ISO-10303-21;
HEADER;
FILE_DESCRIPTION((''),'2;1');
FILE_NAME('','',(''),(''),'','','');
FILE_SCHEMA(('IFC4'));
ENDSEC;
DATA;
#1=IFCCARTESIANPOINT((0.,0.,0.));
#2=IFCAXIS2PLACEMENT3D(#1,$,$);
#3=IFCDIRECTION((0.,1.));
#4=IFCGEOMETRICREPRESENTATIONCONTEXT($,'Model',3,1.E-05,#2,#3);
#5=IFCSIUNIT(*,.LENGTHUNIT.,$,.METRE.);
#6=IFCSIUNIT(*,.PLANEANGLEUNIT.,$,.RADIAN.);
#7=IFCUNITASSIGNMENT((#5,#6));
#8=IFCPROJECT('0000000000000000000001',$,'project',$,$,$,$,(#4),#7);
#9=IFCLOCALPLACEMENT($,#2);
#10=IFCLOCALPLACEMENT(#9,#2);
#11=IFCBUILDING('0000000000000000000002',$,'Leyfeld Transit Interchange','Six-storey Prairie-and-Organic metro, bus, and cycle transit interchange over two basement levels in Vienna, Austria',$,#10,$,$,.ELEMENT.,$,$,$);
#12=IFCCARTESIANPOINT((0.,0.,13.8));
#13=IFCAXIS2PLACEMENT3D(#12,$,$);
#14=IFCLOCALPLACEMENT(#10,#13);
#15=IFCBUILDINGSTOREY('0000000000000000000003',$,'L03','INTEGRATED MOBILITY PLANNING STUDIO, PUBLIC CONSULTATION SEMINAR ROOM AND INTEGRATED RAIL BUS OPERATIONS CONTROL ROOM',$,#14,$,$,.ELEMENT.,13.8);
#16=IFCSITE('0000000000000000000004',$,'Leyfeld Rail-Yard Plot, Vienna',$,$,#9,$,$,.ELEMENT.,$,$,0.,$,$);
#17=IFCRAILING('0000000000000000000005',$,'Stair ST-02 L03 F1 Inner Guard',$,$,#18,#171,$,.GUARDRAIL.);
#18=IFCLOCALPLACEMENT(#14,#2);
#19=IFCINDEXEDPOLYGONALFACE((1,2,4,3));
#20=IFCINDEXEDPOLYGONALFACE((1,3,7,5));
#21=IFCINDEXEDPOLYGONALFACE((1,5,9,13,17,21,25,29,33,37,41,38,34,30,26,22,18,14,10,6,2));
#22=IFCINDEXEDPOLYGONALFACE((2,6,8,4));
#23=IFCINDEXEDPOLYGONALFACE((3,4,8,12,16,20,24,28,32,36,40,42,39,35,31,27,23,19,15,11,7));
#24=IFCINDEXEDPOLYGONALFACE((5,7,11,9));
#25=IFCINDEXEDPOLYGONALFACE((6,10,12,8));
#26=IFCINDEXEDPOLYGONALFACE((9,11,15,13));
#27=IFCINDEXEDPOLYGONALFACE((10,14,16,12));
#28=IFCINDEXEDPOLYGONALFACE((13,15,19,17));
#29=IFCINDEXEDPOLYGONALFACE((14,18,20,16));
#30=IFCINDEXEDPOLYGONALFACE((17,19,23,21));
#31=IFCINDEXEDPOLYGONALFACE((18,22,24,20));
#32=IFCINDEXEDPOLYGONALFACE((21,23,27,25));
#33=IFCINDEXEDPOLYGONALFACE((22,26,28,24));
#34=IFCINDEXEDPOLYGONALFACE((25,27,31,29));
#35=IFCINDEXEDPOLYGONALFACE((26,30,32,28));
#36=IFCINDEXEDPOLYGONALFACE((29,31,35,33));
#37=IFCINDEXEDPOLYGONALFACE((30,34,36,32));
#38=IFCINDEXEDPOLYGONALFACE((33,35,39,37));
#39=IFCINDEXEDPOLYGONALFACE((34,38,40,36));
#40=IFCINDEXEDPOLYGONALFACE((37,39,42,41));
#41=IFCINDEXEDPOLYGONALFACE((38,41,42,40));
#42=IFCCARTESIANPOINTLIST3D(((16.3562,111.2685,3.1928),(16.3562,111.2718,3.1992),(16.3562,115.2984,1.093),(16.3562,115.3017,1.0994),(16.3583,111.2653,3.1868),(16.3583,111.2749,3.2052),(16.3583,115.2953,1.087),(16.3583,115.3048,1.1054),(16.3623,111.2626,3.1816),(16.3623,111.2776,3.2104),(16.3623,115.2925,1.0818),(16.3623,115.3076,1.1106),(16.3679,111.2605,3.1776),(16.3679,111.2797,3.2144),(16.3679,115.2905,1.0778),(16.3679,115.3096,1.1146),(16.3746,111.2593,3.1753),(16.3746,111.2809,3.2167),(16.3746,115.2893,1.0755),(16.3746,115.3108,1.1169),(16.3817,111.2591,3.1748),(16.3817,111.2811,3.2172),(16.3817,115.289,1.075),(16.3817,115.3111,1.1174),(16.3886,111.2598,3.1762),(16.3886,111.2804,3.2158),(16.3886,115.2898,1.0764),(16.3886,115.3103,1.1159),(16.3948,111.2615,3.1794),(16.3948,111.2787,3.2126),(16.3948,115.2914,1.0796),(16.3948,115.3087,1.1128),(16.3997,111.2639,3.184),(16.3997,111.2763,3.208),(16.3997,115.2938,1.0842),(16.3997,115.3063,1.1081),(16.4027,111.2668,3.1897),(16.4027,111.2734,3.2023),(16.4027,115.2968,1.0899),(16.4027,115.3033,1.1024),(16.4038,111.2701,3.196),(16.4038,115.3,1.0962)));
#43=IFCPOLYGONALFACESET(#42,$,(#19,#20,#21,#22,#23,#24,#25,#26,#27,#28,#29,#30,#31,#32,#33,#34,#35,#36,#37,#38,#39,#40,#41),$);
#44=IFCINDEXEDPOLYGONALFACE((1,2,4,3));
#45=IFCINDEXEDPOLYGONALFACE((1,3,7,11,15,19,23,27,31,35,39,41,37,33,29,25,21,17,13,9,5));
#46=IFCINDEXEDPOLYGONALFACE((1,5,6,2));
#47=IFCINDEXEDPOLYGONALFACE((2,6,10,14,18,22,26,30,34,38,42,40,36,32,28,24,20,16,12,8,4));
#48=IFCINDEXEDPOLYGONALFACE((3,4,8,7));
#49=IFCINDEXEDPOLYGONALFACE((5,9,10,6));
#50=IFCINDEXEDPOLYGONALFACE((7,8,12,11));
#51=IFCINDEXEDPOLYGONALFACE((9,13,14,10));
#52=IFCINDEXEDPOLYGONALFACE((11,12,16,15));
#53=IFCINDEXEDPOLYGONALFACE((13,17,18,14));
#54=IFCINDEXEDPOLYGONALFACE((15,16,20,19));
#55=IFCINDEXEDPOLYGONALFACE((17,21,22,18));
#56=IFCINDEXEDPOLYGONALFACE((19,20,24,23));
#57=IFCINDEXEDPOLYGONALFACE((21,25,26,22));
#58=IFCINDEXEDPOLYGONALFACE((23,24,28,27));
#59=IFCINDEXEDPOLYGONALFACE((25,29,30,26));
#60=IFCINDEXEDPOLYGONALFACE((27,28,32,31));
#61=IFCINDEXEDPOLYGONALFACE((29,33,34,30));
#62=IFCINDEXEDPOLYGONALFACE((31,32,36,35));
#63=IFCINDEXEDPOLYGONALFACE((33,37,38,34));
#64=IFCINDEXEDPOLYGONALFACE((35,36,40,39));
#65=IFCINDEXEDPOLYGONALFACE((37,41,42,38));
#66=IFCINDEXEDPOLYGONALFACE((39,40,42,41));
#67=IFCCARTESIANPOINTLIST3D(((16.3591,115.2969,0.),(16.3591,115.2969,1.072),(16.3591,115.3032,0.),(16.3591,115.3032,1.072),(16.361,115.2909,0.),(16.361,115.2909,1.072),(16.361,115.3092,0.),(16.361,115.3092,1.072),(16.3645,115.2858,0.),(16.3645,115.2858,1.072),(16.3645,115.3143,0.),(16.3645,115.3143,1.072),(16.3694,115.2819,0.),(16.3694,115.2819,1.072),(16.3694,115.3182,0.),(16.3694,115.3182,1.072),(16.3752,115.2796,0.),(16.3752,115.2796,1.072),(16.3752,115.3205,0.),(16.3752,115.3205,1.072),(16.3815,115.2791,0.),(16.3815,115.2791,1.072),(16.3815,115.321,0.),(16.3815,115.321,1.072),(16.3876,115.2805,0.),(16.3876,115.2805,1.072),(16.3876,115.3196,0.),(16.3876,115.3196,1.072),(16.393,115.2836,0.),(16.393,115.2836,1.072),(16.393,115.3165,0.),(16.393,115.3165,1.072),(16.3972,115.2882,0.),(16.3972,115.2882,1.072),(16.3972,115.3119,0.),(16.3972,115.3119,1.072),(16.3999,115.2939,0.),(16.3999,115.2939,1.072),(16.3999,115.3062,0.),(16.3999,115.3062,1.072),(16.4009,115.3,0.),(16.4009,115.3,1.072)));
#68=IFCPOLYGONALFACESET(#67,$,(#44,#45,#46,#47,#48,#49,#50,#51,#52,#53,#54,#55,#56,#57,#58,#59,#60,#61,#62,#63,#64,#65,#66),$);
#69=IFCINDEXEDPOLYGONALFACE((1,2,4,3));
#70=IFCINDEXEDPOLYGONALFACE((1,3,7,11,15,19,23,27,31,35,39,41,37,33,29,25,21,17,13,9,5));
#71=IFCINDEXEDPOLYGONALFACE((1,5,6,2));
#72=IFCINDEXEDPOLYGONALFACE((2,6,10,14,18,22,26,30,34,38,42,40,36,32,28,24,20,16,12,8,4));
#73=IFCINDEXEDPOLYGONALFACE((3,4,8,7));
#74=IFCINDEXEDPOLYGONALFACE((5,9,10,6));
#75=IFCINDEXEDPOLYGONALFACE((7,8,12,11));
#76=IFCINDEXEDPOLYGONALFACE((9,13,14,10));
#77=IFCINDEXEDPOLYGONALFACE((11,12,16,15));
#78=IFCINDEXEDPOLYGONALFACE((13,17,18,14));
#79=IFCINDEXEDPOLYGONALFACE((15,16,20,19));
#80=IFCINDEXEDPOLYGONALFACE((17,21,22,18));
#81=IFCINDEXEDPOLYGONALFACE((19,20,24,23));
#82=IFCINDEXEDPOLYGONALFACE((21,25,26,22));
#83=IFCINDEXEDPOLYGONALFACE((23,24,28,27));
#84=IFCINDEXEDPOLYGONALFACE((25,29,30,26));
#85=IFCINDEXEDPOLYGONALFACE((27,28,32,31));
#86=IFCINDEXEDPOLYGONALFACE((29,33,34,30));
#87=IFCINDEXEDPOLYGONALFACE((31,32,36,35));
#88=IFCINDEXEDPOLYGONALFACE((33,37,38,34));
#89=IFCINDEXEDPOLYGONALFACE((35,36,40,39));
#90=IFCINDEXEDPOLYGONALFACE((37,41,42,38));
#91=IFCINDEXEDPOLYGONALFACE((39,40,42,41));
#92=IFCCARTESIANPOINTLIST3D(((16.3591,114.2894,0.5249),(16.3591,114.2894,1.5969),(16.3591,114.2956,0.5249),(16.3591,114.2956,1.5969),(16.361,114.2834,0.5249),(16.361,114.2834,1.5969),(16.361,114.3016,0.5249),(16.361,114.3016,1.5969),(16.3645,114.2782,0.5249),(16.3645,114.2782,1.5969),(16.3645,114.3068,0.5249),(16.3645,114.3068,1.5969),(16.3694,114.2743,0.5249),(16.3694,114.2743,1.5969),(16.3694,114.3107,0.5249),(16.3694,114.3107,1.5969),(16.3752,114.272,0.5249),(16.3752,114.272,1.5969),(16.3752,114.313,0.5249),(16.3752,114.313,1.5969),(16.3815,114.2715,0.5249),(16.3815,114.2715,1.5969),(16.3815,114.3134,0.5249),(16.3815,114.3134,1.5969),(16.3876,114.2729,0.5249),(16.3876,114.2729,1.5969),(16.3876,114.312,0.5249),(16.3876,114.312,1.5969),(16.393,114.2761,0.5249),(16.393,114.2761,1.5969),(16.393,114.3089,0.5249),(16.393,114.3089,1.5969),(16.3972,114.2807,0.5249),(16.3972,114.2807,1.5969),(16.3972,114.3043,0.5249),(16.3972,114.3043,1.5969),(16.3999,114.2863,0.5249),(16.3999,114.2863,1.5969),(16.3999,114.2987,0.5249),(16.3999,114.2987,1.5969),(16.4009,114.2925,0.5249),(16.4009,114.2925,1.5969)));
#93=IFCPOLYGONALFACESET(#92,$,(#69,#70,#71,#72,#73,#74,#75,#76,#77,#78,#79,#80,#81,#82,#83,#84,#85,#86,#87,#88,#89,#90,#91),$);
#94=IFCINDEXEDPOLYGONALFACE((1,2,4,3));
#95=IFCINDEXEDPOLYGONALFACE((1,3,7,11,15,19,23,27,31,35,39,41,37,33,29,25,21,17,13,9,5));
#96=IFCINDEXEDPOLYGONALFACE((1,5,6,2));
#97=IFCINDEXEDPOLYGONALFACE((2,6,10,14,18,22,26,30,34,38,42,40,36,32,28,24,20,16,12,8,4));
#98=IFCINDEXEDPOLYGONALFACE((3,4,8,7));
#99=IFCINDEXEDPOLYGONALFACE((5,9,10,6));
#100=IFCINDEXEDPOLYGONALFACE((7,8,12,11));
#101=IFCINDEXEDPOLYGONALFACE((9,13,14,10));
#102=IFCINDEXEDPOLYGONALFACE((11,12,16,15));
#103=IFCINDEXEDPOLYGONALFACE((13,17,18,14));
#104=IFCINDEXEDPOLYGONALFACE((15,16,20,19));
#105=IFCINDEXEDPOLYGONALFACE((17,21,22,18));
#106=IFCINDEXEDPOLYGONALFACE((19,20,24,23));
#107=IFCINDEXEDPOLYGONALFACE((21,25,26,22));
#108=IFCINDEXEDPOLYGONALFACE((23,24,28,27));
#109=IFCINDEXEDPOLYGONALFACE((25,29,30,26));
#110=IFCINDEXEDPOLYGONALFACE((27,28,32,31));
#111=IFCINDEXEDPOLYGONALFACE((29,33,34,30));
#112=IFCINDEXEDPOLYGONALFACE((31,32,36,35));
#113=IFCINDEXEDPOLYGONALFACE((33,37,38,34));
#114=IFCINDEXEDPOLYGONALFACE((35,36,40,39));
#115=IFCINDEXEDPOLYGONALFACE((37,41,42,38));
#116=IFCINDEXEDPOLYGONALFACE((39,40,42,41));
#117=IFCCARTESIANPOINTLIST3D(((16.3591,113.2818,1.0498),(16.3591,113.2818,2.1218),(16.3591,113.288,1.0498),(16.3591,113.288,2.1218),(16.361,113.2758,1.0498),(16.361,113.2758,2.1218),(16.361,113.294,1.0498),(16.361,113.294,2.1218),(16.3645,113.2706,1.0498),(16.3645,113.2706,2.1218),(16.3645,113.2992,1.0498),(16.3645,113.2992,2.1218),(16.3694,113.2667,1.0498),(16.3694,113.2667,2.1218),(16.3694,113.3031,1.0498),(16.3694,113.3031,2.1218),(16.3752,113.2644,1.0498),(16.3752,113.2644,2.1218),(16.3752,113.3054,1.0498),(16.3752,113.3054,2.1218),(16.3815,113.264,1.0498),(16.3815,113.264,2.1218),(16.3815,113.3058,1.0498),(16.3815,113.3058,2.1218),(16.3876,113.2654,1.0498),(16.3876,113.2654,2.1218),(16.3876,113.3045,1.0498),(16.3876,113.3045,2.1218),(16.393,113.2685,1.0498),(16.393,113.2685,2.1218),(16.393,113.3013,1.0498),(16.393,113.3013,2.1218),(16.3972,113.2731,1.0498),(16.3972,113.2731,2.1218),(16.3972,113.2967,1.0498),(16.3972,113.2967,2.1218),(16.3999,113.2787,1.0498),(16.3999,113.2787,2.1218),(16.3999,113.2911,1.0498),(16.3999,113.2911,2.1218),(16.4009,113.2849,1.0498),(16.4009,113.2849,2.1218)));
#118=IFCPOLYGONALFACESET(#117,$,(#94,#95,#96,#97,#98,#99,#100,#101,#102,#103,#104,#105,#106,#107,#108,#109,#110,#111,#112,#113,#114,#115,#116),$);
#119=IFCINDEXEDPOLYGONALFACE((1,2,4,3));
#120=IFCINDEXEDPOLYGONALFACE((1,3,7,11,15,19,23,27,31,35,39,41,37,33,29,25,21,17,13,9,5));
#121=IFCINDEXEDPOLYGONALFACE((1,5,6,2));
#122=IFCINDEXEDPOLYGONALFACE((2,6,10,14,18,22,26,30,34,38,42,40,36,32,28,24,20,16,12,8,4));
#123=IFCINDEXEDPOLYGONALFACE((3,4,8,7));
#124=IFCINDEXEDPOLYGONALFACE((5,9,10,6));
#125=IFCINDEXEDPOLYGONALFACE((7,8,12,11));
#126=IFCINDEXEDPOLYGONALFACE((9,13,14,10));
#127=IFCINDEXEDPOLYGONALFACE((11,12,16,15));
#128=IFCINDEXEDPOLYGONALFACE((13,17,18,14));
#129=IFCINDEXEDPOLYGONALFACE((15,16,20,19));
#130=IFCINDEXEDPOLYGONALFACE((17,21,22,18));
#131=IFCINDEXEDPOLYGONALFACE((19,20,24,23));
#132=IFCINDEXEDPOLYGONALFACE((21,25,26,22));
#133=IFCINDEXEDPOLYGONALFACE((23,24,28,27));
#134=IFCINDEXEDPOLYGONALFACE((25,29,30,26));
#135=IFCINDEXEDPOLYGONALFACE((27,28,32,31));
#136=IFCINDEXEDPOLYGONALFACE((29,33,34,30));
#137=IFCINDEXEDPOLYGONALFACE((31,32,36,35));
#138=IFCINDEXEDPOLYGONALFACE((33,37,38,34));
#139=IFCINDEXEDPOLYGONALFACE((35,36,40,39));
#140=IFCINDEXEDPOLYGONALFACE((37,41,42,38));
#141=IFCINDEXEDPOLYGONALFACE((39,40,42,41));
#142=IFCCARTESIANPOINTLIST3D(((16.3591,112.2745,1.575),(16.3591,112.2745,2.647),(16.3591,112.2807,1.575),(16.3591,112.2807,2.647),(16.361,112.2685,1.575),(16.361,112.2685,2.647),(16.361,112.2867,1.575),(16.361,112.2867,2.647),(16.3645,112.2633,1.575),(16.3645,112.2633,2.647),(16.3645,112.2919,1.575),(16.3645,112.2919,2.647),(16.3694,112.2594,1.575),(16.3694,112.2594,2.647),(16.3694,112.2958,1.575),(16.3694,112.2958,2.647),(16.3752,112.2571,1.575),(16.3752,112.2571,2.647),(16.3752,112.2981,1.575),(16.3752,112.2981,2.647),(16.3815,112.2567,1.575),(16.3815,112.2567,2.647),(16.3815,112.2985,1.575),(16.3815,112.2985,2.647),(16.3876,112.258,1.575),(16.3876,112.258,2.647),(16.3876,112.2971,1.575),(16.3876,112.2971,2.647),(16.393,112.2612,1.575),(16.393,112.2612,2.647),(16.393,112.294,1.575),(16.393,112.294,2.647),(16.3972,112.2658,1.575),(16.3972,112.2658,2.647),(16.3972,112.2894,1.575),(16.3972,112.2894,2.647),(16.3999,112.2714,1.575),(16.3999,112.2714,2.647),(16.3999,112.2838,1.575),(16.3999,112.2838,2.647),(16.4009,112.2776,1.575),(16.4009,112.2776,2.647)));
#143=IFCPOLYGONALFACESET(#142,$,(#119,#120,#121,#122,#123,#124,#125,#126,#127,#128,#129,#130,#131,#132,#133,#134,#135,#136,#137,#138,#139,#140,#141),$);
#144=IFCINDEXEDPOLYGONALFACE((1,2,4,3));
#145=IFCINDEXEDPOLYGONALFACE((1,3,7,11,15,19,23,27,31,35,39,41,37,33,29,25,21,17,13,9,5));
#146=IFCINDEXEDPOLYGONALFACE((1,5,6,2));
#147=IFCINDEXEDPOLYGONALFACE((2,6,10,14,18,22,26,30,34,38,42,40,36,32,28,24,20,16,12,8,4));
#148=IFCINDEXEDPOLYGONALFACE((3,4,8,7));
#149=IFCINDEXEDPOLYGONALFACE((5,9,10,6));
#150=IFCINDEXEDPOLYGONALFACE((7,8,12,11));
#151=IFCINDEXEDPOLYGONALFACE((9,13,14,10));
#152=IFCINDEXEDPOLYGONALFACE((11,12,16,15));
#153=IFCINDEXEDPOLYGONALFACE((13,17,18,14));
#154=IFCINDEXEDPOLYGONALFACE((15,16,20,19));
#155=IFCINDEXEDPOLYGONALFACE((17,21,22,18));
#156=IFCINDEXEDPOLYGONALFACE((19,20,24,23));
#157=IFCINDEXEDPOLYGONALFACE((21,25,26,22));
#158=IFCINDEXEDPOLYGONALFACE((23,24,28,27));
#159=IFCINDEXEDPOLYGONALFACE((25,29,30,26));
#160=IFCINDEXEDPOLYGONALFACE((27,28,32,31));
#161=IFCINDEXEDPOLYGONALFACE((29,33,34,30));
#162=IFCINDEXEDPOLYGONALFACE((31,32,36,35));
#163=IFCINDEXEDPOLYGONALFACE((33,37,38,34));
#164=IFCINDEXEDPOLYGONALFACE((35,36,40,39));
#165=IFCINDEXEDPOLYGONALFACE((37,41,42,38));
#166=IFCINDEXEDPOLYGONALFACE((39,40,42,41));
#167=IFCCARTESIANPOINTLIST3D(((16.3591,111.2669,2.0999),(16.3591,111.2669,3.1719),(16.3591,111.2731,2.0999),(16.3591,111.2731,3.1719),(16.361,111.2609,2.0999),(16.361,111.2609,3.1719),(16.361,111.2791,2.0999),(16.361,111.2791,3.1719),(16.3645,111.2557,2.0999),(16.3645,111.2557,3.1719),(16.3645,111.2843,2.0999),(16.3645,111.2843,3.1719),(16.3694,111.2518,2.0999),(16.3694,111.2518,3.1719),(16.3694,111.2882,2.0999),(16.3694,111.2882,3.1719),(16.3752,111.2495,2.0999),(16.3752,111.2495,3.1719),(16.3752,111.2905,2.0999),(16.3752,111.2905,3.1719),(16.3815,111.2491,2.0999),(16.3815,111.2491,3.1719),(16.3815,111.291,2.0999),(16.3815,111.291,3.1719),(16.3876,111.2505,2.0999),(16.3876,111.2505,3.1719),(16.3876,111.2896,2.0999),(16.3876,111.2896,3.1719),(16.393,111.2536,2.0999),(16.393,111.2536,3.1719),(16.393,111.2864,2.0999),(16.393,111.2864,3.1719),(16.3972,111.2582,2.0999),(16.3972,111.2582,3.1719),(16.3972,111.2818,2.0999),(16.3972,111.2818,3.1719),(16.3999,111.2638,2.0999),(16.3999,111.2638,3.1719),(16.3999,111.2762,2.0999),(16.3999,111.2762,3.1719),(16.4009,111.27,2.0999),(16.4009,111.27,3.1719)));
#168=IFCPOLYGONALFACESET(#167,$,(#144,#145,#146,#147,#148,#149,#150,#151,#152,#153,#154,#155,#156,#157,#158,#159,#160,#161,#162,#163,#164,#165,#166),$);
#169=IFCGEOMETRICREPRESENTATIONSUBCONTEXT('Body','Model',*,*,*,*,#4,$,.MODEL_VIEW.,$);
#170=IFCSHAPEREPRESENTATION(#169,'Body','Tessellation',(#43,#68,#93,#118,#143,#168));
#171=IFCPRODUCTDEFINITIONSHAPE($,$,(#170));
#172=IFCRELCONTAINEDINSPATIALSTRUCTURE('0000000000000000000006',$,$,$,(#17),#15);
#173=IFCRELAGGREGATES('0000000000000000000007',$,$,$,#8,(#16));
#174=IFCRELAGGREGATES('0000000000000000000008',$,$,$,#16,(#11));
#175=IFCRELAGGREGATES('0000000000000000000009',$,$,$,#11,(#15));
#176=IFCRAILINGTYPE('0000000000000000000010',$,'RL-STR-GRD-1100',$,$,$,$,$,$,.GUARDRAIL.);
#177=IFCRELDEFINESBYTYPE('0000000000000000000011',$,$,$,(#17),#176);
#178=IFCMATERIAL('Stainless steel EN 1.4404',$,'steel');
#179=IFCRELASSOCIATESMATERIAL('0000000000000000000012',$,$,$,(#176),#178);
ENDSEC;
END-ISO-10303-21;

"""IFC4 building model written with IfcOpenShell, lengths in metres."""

from ifc_helpers import new_model, si_unit, direction, frame, origin, origin_2d, place, context, subcontext, project, spatial, circle, extrude, material, type_object, element, save


model = new_model("IFC4")

# Units and contexts
model_context = context("Model", 3, precision=1e-05, world=origin(), true_north=direction((0.0, 1.0)))
body_context = subcontext(model_context, "Body", "Model", "MODEL_VIEW")
ifc_project = project(units=[si_unit("LENGTHUNIT", "METRE"), si_unit("PLANEANGLEUNIT", "RADIAN")], contexts=[model_context])

# Site, building, storey
site_placement = place(None, origin())
site = spatial("IfcSite", under=ifc_project, at=site_placement, Name="Leyfeld Rail-Yard Plot, Vienna", CompositionType="ELEMENT", RefElevation=0.0)
building_placement = place(site_placement, origin())
building = spatial("IfcBuilding", under=site, at=building_placement, Name="Leyfeld Transit Interchange", Description="Six-storey Prairie-and-Organic metro, bus, and cycle transit interchange over two basement levels in Vienna, Austria", CompositionType="ELEMENT")
storey_placement = place(building_placement, frame((0.0, 0.0, 13.8)))
storey = spatial("IfcBuildingStorey", under=building, at=storey_placement, Name="L03", Description="INTEGRATED MOBILITY PLANNING STUDIO, PUBLIC CONSULTATION SEMINAR ROOM AND INTEGRATED RAIL BUS OPERATIONS CONTROL ROOM", CompositionType="ELEMENT", Elevation=13.8)

# Shared definitions
ifc_material_1 = material(Name="Stainless steel EN 1.4404", Category="steel")

# Railing
railing_type_1 = type_object("IfcRailingType", Name="RL-STR-GRD-1100", PredefinedType="GUARDRAIL", material=ifc_material_1)
for number, where, name in (
    (1, (16.3799, 115.3, 0.0), "Stair ST-02 L03 F1 Inner Guard"),
):
    element("IfcRailing", number, at=place(storey_placement, frame(where)), inside=storey, type_object=railing_type_1, Name=name, PredefinedType="GUARDRAIL", context=body_context, shape_type="SweptSolid", body=[
        extrude(circle(Radius=0.0239, at=origin_2d()), frame((0.0, 0.0, 1.0962), z_axis=(0.0, -0.886835, 0.462087), x_axis=(1.0, 0.0, 0.0)), (0.0, 0.0, 1.0), 4.5442),
        extrude(circle(Radius=0.021, at=origin_2d()), origin(), (0.0, 0.0, 1.0), 1.072),
        extrude(circle(Radius=0.021, at=origin_2d()), frame((0.0, -1.0076, 0.5249)), (0.0, 0.0, 1.0), 1.072),
        extrude(circle(Radius=0.021, at=origin_2d()), frame((0.0, -2.0151, 1.0498)), (0.0, 0.0, 1.0), 1.072),
        extrude(circle(Radius=0.021, at=origin_2d()), frame((0.0, -3.0225, 1.575)), (0.0, 0.0, 1.0), 1.072),
        extrude(circle(Radius=0.021, at=origin_2d()), frame((0.0, -4.03, 2.0999)), (0.0, 0.0, 1.0), 1.072),
    ])

save(model, "model.ifc")
